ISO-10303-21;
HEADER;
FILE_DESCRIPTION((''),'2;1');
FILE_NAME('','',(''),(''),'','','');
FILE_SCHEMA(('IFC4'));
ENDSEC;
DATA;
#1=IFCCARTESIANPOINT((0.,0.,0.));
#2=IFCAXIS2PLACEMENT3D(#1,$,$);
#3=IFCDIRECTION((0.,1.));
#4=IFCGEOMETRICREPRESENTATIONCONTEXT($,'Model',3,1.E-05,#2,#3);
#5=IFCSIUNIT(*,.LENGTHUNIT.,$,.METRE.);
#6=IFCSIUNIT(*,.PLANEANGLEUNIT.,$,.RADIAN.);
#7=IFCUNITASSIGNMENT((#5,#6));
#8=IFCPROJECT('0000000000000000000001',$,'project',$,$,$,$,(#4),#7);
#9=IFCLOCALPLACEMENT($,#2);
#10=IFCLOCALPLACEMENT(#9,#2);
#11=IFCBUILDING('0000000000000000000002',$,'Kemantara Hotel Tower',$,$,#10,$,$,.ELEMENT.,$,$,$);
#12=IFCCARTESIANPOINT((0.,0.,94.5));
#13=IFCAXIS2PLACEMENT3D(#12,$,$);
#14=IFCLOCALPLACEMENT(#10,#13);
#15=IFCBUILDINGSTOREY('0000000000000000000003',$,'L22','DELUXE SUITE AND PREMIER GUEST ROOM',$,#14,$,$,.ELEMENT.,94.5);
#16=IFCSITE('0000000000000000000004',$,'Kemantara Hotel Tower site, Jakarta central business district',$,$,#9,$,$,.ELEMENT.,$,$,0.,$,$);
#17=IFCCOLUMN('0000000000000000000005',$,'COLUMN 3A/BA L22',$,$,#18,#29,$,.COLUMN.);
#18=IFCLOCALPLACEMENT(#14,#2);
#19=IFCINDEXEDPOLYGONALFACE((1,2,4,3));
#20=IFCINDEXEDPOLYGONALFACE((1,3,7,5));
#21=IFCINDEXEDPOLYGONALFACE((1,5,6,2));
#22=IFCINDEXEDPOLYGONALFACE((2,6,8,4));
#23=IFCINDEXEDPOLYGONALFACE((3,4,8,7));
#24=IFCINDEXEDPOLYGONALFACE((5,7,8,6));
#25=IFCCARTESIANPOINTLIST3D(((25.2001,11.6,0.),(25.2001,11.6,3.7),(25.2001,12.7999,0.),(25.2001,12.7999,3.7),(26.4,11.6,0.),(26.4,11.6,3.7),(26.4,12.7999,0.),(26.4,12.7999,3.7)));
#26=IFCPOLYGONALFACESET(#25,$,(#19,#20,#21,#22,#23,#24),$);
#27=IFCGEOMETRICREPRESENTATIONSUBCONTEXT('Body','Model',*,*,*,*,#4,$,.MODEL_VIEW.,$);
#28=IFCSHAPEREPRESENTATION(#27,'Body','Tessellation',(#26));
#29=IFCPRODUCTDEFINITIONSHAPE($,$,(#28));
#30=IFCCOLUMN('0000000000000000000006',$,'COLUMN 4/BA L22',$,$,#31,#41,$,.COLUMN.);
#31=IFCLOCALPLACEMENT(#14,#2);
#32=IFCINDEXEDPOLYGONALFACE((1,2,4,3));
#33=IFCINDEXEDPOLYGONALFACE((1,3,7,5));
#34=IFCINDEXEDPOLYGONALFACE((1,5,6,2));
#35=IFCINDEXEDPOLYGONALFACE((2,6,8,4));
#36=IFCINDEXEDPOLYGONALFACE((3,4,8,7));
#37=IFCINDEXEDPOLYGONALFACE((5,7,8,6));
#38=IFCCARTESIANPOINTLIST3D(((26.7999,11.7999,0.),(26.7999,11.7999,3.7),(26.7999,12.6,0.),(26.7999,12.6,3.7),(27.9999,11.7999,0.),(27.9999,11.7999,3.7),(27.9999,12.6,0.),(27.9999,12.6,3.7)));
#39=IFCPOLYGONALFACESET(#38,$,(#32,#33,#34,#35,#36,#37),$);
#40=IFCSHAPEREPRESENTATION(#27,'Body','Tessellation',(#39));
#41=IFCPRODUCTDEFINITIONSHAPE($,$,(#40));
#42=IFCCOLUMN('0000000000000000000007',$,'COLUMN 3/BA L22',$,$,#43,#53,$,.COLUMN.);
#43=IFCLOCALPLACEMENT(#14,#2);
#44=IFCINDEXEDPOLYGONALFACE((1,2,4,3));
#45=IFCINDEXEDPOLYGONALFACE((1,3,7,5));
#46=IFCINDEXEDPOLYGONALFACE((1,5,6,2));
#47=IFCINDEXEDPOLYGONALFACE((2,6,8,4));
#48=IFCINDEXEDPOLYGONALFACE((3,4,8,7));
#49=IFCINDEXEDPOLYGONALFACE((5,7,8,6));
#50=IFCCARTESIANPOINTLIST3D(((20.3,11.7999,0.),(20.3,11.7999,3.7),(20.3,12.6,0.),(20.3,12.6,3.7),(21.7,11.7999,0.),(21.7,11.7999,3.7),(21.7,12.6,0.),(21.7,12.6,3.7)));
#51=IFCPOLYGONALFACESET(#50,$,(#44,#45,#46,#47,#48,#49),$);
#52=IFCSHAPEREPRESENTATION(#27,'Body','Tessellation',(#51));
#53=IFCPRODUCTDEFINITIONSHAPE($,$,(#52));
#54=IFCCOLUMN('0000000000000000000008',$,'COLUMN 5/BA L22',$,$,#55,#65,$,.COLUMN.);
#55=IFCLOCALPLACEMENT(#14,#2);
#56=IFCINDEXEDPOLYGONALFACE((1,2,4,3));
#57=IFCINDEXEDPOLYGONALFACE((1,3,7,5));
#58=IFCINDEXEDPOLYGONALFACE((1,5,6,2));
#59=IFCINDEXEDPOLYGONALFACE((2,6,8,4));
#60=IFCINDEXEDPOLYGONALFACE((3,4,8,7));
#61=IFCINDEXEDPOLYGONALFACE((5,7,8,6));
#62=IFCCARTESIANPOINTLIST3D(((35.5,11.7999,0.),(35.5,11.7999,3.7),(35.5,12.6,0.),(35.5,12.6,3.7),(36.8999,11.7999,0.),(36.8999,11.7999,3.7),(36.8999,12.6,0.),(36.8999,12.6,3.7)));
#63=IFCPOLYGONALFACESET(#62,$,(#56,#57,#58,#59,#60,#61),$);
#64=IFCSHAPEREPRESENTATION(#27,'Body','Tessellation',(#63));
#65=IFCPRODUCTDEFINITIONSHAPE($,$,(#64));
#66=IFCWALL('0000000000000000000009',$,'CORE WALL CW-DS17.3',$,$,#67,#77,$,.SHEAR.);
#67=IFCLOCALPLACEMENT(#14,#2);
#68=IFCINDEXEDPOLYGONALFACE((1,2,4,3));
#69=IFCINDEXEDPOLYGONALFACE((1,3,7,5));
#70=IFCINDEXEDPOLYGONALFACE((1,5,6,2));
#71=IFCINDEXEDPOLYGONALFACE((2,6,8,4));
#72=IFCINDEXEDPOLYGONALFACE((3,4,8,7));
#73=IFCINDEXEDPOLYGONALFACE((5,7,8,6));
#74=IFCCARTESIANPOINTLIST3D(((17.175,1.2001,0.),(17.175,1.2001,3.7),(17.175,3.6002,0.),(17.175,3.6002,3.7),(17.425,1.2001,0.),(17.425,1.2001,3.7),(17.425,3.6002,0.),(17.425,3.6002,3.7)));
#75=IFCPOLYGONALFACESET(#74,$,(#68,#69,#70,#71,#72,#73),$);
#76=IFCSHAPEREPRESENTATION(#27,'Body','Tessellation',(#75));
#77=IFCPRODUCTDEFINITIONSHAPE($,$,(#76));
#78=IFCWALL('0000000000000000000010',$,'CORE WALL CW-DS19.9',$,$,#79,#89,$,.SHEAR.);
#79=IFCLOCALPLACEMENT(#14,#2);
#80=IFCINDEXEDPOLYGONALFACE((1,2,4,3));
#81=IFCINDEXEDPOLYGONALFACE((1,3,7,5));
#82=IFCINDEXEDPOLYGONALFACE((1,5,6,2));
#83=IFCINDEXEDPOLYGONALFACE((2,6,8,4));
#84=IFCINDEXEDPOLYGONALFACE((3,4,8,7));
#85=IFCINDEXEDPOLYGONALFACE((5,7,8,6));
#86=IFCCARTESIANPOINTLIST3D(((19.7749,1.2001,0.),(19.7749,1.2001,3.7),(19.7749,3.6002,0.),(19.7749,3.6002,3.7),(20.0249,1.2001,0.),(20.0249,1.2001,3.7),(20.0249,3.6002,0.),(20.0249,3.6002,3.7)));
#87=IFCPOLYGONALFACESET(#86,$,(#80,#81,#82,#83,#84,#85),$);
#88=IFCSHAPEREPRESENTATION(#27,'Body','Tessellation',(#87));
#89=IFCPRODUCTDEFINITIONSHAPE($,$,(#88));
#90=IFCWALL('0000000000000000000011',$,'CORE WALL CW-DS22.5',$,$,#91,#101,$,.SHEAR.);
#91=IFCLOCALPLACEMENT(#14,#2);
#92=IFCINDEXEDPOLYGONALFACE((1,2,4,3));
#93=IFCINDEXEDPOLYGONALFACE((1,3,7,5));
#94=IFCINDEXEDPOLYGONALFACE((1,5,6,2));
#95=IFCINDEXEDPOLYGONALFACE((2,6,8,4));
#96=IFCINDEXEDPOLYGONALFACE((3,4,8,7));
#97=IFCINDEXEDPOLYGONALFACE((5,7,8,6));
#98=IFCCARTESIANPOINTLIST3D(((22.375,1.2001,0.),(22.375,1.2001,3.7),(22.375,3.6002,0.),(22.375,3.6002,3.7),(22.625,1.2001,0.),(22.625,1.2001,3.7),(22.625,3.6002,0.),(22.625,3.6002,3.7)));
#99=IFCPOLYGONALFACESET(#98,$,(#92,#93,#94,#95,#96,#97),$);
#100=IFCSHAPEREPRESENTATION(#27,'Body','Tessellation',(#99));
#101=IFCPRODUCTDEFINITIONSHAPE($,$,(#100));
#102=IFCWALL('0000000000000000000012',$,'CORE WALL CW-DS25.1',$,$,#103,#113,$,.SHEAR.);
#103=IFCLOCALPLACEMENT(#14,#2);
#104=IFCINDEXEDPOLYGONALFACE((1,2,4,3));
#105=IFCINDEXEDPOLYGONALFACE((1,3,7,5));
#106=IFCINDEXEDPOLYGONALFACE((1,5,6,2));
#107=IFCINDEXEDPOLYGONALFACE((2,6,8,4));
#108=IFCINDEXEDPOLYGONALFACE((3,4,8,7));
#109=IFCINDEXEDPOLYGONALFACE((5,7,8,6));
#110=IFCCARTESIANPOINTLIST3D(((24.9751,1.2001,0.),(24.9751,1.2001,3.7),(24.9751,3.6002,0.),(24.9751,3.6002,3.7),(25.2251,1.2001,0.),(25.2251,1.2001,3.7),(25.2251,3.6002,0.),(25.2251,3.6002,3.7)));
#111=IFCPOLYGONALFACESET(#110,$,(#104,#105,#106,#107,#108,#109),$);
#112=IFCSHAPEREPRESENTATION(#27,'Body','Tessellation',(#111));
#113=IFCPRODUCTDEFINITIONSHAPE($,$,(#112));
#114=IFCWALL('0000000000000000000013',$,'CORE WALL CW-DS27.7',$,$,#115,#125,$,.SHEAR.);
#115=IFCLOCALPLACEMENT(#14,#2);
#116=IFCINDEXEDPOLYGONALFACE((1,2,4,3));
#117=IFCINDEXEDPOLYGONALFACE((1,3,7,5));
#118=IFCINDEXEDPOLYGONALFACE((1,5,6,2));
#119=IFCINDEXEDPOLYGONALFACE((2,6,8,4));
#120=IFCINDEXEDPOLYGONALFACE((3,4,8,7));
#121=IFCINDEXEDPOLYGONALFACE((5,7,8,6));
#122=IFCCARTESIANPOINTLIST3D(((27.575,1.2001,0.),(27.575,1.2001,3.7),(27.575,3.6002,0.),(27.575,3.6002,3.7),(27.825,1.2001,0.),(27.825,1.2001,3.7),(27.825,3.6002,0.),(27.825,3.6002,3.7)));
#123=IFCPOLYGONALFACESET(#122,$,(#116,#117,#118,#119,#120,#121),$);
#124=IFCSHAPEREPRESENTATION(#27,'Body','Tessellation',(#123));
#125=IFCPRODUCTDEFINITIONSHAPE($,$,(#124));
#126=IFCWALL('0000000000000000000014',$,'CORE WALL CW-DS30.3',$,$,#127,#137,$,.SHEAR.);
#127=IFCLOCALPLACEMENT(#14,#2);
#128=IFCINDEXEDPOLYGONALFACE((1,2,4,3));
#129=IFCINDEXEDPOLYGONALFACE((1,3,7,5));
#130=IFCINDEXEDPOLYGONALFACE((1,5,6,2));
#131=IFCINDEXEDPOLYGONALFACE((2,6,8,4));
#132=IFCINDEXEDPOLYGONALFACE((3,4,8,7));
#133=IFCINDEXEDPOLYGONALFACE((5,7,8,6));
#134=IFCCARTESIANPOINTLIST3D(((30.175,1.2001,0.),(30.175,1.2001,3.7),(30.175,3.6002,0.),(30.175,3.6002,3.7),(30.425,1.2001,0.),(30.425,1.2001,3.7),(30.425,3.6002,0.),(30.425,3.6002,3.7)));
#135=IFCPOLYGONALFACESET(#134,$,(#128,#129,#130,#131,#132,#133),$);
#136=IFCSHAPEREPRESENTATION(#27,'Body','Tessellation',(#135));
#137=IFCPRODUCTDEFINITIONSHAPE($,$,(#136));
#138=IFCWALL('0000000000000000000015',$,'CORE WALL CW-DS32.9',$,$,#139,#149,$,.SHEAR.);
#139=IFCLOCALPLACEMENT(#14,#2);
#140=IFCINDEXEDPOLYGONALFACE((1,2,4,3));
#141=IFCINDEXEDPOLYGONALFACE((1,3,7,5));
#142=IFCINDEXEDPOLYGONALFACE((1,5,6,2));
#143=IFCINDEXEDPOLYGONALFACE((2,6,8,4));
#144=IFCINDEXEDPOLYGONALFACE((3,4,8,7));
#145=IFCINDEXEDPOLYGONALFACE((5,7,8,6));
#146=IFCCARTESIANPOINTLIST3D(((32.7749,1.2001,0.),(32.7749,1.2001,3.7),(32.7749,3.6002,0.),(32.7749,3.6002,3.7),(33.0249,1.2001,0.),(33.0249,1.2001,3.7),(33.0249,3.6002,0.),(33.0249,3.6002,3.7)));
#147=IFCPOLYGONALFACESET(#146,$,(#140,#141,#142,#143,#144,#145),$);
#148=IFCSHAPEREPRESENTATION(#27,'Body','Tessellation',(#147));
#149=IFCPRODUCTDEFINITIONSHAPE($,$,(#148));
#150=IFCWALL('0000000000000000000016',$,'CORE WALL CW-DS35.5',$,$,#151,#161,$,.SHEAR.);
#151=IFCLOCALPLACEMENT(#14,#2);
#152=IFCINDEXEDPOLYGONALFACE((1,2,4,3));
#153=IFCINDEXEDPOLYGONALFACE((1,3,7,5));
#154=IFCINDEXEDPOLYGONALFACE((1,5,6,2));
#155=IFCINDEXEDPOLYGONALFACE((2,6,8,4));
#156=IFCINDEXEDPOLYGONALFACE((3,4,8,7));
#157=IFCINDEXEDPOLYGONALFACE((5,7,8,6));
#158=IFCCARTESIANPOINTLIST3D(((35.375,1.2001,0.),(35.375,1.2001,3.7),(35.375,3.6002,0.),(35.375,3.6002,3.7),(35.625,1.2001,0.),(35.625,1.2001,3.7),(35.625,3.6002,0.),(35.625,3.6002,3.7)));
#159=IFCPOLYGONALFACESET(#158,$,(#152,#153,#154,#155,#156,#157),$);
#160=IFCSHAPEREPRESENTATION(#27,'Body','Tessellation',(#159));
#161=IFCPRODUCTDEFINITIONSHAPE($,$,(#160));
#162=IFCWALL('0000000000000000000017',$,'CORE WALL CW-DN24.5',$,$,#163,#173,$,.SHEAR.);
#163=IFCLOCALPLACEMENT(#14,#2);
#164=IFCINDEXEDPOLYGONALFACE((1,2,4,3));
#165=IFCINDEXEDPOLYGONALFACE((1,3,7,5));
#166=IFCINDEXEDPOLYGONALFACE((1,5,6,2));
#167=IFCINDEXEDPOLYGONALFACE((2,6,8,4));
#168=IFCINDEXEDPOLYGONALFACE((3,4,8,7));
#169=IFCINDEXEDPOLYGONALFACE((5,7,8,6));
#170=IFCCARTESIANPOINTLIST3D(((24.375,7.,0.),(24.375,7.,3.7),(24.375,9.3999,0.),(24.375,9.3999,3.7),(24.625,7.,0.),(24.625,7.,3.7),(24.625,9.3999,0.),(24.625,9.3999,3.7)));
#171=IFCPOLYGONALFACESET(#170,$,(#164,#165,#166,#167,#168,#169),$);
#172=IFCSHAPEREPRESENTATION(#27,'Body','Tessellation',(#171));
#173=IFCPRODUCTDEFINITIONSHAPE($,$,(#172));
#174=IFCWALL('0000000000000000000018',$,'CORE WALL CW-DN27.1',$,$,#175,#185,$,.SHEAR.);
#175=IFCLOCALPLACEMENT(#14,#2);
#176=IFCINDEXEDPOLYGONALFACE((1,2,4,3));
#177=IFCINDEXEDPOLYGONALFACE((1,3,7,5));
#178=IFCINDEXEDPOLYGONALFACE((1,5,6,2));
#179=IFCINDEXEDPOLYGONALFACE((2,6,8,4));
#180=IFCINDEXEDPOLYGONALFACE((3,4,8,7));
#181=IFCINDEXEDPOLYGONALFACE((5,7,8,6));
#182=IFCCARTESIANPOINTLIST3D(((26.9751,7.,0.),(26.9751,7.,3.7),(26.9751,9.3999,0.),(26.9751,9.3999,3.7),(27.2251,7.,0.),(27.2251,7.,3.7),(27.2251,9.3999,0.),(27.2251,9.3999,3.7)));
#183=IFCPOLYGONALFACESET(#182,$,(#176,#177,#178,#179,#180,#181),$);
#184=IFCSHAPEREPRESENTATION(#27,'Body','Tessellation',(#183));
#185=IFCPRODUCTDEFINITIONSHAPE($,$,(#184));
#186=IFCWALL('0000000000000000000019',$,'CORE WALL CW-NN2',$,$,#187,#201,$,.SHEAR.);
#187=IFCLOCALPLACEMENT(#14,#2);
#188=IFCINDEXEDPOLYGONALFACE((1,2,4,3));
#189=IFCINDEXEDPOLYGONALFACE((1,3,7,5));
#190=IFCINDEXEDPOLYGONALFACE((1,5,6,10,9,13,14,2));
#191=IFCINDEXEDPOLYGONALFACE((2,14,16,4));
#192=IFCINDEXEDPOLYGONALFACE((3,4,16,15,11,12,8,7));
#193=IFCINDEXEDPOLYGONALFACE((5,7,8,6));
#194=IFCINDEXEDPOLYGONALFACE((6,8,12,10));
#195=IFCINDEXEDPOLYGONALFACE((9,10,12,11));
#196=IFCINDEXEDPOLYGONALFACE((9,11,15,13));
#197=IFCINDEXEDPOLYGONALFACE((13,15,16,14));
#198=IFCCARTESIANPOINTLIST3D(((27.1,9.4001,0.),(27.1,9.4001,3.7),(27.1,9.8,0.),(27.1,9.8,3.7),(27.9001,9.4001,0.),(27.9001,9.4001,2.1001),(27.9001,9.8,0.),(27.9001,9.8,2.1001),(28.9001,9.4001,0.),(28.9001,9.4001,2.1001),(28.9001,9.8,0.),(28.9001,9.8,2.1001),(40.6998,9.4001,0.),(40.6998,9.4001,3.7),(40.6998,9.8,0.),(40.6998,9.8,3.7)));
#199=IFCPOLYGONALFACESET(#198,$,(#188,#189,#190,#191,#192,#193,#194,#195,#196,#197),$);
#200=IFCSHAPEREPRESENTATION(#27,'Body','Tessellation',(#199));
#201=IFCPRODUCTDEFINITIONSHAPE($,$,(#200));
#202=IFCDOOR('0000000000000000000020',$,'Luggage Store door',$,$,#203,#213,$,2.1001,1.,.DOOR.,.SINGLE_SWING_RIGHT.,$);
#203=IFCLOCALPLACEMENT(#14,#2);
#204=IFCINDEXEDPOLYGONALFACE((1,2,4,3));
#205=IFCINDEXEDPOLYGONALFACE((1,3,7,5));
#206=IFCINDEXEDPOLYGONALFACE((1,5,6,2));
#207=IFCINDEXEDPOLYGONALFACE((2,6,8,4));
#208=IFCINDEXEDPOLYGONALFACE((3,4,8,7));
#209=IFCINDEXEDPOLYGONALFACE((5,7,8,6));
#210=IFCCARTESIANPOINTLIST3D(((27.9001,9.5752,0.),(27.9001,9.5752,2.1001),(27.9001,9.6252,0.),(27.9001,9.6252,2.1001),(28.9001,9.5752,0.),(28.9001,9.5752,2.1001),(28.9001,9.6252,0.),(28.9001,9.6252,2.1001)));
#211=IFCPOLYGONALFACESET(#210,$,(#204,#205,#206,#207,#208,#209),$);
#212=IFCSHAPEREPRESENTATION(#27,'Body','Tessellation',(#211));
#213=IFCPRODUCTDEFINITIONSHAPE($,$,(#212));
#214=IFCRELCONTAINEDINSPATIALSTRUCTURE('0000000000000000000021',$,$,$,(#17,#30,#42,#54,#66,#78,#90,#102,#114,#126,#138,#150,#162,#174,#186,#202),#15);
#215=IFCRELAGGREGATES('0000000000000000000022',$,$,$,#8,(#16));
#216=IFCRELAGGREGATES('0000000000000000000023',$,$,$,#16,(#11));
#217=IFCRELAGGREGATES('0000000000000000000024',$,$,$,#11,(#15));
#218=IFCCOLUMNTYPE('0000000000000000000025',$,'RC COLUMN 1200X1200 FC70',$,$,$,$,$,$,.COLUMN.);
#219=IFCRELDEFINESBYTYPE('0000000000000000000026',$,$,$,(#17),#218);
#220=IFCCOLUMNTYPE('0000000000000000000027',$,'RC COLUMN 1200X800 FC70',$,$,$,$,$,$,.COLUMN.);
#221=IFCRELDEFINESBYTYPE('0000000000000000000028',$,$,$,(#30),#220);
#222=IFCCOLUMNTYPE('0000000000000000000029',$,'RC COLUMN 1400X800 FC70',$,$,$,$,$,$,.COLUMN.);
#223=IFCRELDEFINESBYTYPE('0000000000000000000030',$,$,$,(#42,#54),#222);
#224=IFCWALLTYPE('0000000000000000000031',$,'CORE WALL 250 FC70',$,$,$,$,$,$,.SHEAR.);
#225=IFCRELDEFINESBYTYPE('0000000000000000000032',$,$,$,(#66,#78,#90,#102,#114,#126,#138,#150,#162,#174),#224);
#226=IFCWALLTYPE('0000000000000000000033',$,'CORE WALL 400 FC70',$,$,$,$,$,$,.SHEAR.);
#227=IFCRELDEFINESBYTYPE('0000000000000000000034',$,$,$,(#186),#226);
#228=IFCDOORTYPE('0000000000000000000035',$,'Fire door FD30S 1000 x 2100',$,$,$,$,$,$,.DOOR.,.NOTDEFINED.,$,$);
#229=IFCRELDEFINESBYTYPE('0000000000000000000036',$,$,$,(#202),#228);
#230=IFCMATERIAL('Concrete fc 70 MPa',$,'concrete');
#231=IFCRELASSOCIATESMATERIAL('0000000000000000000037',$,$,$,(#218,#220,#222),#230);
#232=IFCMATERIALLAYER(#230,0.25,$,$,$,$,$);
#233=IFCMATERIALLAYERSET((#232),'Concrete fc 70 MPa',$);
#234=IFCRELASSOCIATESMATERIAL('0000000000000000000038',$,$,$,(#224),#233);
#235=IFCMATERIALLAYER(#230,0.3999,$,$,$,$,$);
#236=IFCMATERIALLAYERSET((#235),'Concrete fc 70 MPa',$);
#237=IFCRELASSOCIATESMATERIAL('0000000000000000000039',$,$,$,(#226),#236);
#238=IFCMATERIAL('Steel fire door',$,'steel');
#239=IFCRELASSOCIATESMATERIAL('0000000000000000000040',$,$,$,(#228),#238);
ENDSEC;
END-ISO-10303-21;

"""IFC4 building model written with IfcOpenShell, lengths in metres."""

from ifc_helpers import new_model, si_unit, direction, frame, frame_2d, origin, origin_2d, place, context, subcontext, project, spatial, rectangle, extrude, material, layer, layer_set, material_profile, profile_set, type_object, element, fill, save


model = new_model("IFC4")

# Units and contexts
model_context = context("Model", 3, precision=1e-05, world=origin(), true_north=direction((0.0, 1.0)))
body_context = subcontext(model_context, "Body", "Model", "MODEL_VIEW")
ifc_project = project(units=[si_unit("LENGTHUNIT", "METRE"), si_unit("PLANEANGLEUNIT", "RADIAN")], contexts=[model_context])

# Site, building, storey
site_placement = place(None, origin())
site = spatial("IfcSite", under=ifc_project, at=site_placement, Name="Kemantara Hotel Tower site, Jakarta central business district", CompositionType="ELEMENT", RefElevation=0.0)
building_placement = place(site_placement, origin())
building = spatial("IfcBuilding", under=site, at=building_placement, Name="Kemantara Hotel Tower", CompositionType="ELEMENT")
storey_placement = place(building_placement, frame((0.0, 0.0, 94.5)))
storey = spatial("IfcBuildingStorey", under=building, at=storey_placement, Name="L22", Description="DELUXE SUITE AND PREMIER GUEST ROOM", CompositionType="ELEMENT", Elevation=94.5)

# Columns
ifc_material_1 = material(Name="Concrete fc 70 MPa", Category="concrete")
ifc_material_profile_1 = material_profile(ifc_material_1, rectangle(XDim=1.2, YDim=1.2, at=origin_2d()), Name="RC 1200X1200")
ifc_profile_set_1 = profile_set([ifc_material_profile_1], Name="Concrete fc 70 MPa")
column_type_1 = type_object("IfcColumnType", Name="RC COLUMN 1200X1200 FC70", PredefinedType="COLUMN", material=ifc_profile_set_1)
column_1_placement = place(storey_placement, frame((25.8, 12.2, 0.0), z_axis=(0.0, 0.0, 1.0), x_axis=(1.0, 0.0, 0.0)))
element("IfcColumn", 1, at=column_1_placement, inside=storey, type_object=column_type_1, Name="COLUMN 3A/BA L22", PredefinedType="COLUMN", context=body_context, shape_type="SweptSolid", body=[
    extrude(rectangle(XDim=1.2, YDim=1.2, at=origin_2d()), origin(), (0.0, 0.0, 1.0), 3.7),
])
ifc_material_profile_2 = material_profile(ifc_material_1, rectangle(XDim=1.2, YDim=0.8, at=origin_2d()), Name="RC 1200X800")
ifc_profile_set_2 = profile_set([ifc_material_profile_2], Name="Concrete fc 70 MPa")
column_type_2 = type_object("IfcColumnType", Name="RC COLUMN 1200X800 FC70", PredefinedType="COLUMN", material=ifc_profile_set_2)
column_2_placement = place(storey_placement, frame((27.3999, 12.2, 0.0), z_axis=(0.0, 0.0, 1.0), x_axis=(1.0, 0.0, 0.0)))
element("IfcColumn", 2, at=column_2_placement, inside=storey, type_object=column_type_2, Name="COLUMN 4/BA L22", PredefinedType="COLUMN", context=body_context, shape_type="SweptSolid", body=[
    extrude(rectangle(XDim=1.2, YDim=0.8, at=origin_2d()), origin(), (0.0, 0.0, 1.0), 3.7),
])
ifc_material_profile_3 = material_profile(ifc_material_1, rectangle(XDim=1.3999, YDim=0.8, at=origin_2d()), Name="RC 1400X800")
ifc_profile_set_3 = profile_set([ifc_material_profile_3], Name="Concrete fc 70 MPa")
column_type_3 = type_object("IfcColumnType", Name="RC COLUMN 1400X800 FC70", PredefinedType="COLUMN", material=ifc_profile_set_3)
for number, where, z_axis, x_axis, name in (
    (3, (21.0, 12.2, 0.0), (0.0, 0.0, 1.0), (1.0, 0.0, 0.0), "COLUMN 3/BA L22"),
    (4, (36.2, 12.2, 0.0), (0.0, 0.0, 1.0), (1.0, 0.0, 0.0), "COLUMN 5/BA L22"),
):
    element("IfcColumn", number, at=place(storey_placement, frame(where, z_axis=z_axis, x_axis=x_axis)), inside=storey, type_object=column_type_3, Name=name, PredefinedType="COLUMN", context=body_context, shape_type="SweptSolid", body=[
        extrude(rectangle(XDim=1.3999, YDim=0.8, at=origin_2d()), origin(), (0.0, 0.0, 1.0), 3.7),
    ])

# Walls
ifc_layer_1 = layer(ifc_material_1, 0.25)
ifc_layer_set_1 = layer_set([ifc_layer_1], Name="Concrete fc 70 MPa")
wall_type_1 = type_object("IfcWallType", Name="CORE WALL 250 FC70", PredefinedType="SHEAR", material=ifc_layer_set_1)
for number, where, z_axis, x_axis, name in (
    (5, (17.3, 1.2, 0.0), (0.0, 0.0, 1.0), (0.0, 1.0, 0.0), "CORE WALL CW-DS17.3"),
    (6, (19.8999, 1.2, 0.0), (0.0, 0.0, 1.0), (0.0, 1.0, 0.0), "CORE WALL CW-DS19.9"),
    (7, (22.5, 1.2, 0.0), (0.0, 0.0, 1.0), (0.0, 1.0, 0.0), "CORE WALL CW-DS22.5"),
    (8, (25.1001, 1.2, 0.0), (0.0, 0.0, 1.0), (0.0, 1.0, 0.0), "CORE WALL CW-DS25.1"),
    (9, (27.7, 1.2, 0.0), (0.0, 0.0, 1.0), (0.0, 1.0, 0.0), "CORE WALL CW-DS27.7"),
    (10, (30.3, 1.2, 0.0), (0.0, 0.0, 1.0), (0.0, 1.0, 0.0), "CORE WALL CW-DS30.3"),
    (11, (32.8999, 1.2, 0.0), (0.0, 0.0, 1.0), (0.0, 1.0, 0.0), "CORE WALL CW-DS32.9"),
    (12, (35.5, 1.2, 0.0), (0.0, 0.0, 1.0), (0.0, 1.0, 0.0), "CORE WALL CW-DS35.5"),
):
    element("IfcWall", number, at=place(storey_placement, frame(where, z_axis=z_axis, x_axis=x_axis)), inside=storey, type_object=wall_type_1, Name=name, PredefinedType="SHEAR", context=body_context, shape_type="SweptSolid", body=[
        extrude(rectangle(XDim=2.4001, YDim=0.25, at=frame_2d((1.2002, 0.0))), origin(), (0.0, 0.0, 1.0), 3.7),
    ])
for number, where, z_axis, x_axis, name in (
    (13, (24.5, 7.0, 0.0), (0.0, 0.0, 1.0), (0.0, 1.0, 0.0), "CORE WALL CW-DN24.5"),
    (14, (27.1001, 7.0, 0.0), (0.0, 0.0, 1.0), (0.0, 1.0, 0.0), "CORE WALL CW-DN27.1"),
):
    element("IfcWall", number, at=place(storey_placement, frame(where, z_axis=z_axis, x_axis=x_axis)), inside=storey, type_object=wall_type_1, Name=name, PredefinedType="SHEAR", context=body_context, shape_type="SweptSolid", body=[
        extrude(rectangle(XDim=2.3999, YDim=0.25, at=frame_2d((1.2, 0.0))), origin(), (0.0, 0.0, 1.0), 3.7),
    ])

# Wall, opening, door
ifc_layer_2 = layer(ifc_material_1, 0.3999)
ifc_layer_set_2 = layer_set([ifc_layer_2], Name="Concrete fc 70 MPa")
wall_type_2 = type_object("IfcWallType", Name="CORE WALL 400 FC70", PredefinedType="SHEAR", material=ifc_layer_set_2)
wall_1_placement = place(storey_placement, frame((27.1001, 9.6001, 0.0), z_axis=(0.0, 0.0, 1.0), x_axis=(1.0, 0.0, 0.0)))
wall_1 = element("IfcWall", 15, at=wall_1_placement, inside=storey, type_object=wall_type_2, Name="CORE WALL CW-NN2", PredefinedType="SHEAR", context=body_context, shape_type="SweptSolid", body=[
    extrude(rectangle(XDim=13.5999, YDim=0.3999, at=frame_2d((6.7998, 0.0))), origin(), (0.0, 0.0, 1.0), 3.7),
])
opening_1_placement = place(wall_1_placement, frame((0.8, 0.0, 0.0)))
opening_1 = element("IfcOpeningElement", 16, at=opening_1_placement, cuts=wall_1, PredefinedType="OPENING", context=body_context, shape_type="SweptSolid", body=[
    extrude(rectangle(XDim=1.0, YDim=2.1001, at=frame_2d((0.5, 1.05))), frame((0.0, 0.21, 0.0), z_axis=(0.0, -1.0, 0.0), x_axis=(1.0, 0.0, 0.0)), (0.0, 0.0, 1.0), 0.4199),
])
ifc_material_2 = material(Name="Steel fire door", Category="steel")
door_type_1 = type_object("IfcDoorType", Name="Fire door FD30S 1000 x 2100", OperationType="NOTDEFINED", PredefinedType="DOOR", material=ifc_material_2)
door_1_placement = place(opening_1_placement, frame((1.0, 0.0, 0.0), z_axis=(0.0, 0.0, 1.0), x_axis=(-1.0, 0.0, 0.0)))
door_1 = element("IfcDoor", 17, at=door_1_placement, inside=storey, type_object=door_type_1, Name="Luggage Store door", OperationType="SINGLE_SWING_RIGHT", OverallHeight=2.1001, OverallWidth=1.0, PredefinedType="DOOR", context=body_context, shape_type="SweptSolid", body=[
    extrude(rectangle(XDim=1.0, YDim=2.1001, at=frame_2d((0.5, 1.05))), frame((0.0, 0.0249, 0.0), z_axis=(0.0, -1.0, 0.0), x_axis=(1.0, 0.0, 0.0)), (0.0, 0.0, 1.0), 0.05),
])
fill(opening_1, door_1)

save(model, "model.ifc")
